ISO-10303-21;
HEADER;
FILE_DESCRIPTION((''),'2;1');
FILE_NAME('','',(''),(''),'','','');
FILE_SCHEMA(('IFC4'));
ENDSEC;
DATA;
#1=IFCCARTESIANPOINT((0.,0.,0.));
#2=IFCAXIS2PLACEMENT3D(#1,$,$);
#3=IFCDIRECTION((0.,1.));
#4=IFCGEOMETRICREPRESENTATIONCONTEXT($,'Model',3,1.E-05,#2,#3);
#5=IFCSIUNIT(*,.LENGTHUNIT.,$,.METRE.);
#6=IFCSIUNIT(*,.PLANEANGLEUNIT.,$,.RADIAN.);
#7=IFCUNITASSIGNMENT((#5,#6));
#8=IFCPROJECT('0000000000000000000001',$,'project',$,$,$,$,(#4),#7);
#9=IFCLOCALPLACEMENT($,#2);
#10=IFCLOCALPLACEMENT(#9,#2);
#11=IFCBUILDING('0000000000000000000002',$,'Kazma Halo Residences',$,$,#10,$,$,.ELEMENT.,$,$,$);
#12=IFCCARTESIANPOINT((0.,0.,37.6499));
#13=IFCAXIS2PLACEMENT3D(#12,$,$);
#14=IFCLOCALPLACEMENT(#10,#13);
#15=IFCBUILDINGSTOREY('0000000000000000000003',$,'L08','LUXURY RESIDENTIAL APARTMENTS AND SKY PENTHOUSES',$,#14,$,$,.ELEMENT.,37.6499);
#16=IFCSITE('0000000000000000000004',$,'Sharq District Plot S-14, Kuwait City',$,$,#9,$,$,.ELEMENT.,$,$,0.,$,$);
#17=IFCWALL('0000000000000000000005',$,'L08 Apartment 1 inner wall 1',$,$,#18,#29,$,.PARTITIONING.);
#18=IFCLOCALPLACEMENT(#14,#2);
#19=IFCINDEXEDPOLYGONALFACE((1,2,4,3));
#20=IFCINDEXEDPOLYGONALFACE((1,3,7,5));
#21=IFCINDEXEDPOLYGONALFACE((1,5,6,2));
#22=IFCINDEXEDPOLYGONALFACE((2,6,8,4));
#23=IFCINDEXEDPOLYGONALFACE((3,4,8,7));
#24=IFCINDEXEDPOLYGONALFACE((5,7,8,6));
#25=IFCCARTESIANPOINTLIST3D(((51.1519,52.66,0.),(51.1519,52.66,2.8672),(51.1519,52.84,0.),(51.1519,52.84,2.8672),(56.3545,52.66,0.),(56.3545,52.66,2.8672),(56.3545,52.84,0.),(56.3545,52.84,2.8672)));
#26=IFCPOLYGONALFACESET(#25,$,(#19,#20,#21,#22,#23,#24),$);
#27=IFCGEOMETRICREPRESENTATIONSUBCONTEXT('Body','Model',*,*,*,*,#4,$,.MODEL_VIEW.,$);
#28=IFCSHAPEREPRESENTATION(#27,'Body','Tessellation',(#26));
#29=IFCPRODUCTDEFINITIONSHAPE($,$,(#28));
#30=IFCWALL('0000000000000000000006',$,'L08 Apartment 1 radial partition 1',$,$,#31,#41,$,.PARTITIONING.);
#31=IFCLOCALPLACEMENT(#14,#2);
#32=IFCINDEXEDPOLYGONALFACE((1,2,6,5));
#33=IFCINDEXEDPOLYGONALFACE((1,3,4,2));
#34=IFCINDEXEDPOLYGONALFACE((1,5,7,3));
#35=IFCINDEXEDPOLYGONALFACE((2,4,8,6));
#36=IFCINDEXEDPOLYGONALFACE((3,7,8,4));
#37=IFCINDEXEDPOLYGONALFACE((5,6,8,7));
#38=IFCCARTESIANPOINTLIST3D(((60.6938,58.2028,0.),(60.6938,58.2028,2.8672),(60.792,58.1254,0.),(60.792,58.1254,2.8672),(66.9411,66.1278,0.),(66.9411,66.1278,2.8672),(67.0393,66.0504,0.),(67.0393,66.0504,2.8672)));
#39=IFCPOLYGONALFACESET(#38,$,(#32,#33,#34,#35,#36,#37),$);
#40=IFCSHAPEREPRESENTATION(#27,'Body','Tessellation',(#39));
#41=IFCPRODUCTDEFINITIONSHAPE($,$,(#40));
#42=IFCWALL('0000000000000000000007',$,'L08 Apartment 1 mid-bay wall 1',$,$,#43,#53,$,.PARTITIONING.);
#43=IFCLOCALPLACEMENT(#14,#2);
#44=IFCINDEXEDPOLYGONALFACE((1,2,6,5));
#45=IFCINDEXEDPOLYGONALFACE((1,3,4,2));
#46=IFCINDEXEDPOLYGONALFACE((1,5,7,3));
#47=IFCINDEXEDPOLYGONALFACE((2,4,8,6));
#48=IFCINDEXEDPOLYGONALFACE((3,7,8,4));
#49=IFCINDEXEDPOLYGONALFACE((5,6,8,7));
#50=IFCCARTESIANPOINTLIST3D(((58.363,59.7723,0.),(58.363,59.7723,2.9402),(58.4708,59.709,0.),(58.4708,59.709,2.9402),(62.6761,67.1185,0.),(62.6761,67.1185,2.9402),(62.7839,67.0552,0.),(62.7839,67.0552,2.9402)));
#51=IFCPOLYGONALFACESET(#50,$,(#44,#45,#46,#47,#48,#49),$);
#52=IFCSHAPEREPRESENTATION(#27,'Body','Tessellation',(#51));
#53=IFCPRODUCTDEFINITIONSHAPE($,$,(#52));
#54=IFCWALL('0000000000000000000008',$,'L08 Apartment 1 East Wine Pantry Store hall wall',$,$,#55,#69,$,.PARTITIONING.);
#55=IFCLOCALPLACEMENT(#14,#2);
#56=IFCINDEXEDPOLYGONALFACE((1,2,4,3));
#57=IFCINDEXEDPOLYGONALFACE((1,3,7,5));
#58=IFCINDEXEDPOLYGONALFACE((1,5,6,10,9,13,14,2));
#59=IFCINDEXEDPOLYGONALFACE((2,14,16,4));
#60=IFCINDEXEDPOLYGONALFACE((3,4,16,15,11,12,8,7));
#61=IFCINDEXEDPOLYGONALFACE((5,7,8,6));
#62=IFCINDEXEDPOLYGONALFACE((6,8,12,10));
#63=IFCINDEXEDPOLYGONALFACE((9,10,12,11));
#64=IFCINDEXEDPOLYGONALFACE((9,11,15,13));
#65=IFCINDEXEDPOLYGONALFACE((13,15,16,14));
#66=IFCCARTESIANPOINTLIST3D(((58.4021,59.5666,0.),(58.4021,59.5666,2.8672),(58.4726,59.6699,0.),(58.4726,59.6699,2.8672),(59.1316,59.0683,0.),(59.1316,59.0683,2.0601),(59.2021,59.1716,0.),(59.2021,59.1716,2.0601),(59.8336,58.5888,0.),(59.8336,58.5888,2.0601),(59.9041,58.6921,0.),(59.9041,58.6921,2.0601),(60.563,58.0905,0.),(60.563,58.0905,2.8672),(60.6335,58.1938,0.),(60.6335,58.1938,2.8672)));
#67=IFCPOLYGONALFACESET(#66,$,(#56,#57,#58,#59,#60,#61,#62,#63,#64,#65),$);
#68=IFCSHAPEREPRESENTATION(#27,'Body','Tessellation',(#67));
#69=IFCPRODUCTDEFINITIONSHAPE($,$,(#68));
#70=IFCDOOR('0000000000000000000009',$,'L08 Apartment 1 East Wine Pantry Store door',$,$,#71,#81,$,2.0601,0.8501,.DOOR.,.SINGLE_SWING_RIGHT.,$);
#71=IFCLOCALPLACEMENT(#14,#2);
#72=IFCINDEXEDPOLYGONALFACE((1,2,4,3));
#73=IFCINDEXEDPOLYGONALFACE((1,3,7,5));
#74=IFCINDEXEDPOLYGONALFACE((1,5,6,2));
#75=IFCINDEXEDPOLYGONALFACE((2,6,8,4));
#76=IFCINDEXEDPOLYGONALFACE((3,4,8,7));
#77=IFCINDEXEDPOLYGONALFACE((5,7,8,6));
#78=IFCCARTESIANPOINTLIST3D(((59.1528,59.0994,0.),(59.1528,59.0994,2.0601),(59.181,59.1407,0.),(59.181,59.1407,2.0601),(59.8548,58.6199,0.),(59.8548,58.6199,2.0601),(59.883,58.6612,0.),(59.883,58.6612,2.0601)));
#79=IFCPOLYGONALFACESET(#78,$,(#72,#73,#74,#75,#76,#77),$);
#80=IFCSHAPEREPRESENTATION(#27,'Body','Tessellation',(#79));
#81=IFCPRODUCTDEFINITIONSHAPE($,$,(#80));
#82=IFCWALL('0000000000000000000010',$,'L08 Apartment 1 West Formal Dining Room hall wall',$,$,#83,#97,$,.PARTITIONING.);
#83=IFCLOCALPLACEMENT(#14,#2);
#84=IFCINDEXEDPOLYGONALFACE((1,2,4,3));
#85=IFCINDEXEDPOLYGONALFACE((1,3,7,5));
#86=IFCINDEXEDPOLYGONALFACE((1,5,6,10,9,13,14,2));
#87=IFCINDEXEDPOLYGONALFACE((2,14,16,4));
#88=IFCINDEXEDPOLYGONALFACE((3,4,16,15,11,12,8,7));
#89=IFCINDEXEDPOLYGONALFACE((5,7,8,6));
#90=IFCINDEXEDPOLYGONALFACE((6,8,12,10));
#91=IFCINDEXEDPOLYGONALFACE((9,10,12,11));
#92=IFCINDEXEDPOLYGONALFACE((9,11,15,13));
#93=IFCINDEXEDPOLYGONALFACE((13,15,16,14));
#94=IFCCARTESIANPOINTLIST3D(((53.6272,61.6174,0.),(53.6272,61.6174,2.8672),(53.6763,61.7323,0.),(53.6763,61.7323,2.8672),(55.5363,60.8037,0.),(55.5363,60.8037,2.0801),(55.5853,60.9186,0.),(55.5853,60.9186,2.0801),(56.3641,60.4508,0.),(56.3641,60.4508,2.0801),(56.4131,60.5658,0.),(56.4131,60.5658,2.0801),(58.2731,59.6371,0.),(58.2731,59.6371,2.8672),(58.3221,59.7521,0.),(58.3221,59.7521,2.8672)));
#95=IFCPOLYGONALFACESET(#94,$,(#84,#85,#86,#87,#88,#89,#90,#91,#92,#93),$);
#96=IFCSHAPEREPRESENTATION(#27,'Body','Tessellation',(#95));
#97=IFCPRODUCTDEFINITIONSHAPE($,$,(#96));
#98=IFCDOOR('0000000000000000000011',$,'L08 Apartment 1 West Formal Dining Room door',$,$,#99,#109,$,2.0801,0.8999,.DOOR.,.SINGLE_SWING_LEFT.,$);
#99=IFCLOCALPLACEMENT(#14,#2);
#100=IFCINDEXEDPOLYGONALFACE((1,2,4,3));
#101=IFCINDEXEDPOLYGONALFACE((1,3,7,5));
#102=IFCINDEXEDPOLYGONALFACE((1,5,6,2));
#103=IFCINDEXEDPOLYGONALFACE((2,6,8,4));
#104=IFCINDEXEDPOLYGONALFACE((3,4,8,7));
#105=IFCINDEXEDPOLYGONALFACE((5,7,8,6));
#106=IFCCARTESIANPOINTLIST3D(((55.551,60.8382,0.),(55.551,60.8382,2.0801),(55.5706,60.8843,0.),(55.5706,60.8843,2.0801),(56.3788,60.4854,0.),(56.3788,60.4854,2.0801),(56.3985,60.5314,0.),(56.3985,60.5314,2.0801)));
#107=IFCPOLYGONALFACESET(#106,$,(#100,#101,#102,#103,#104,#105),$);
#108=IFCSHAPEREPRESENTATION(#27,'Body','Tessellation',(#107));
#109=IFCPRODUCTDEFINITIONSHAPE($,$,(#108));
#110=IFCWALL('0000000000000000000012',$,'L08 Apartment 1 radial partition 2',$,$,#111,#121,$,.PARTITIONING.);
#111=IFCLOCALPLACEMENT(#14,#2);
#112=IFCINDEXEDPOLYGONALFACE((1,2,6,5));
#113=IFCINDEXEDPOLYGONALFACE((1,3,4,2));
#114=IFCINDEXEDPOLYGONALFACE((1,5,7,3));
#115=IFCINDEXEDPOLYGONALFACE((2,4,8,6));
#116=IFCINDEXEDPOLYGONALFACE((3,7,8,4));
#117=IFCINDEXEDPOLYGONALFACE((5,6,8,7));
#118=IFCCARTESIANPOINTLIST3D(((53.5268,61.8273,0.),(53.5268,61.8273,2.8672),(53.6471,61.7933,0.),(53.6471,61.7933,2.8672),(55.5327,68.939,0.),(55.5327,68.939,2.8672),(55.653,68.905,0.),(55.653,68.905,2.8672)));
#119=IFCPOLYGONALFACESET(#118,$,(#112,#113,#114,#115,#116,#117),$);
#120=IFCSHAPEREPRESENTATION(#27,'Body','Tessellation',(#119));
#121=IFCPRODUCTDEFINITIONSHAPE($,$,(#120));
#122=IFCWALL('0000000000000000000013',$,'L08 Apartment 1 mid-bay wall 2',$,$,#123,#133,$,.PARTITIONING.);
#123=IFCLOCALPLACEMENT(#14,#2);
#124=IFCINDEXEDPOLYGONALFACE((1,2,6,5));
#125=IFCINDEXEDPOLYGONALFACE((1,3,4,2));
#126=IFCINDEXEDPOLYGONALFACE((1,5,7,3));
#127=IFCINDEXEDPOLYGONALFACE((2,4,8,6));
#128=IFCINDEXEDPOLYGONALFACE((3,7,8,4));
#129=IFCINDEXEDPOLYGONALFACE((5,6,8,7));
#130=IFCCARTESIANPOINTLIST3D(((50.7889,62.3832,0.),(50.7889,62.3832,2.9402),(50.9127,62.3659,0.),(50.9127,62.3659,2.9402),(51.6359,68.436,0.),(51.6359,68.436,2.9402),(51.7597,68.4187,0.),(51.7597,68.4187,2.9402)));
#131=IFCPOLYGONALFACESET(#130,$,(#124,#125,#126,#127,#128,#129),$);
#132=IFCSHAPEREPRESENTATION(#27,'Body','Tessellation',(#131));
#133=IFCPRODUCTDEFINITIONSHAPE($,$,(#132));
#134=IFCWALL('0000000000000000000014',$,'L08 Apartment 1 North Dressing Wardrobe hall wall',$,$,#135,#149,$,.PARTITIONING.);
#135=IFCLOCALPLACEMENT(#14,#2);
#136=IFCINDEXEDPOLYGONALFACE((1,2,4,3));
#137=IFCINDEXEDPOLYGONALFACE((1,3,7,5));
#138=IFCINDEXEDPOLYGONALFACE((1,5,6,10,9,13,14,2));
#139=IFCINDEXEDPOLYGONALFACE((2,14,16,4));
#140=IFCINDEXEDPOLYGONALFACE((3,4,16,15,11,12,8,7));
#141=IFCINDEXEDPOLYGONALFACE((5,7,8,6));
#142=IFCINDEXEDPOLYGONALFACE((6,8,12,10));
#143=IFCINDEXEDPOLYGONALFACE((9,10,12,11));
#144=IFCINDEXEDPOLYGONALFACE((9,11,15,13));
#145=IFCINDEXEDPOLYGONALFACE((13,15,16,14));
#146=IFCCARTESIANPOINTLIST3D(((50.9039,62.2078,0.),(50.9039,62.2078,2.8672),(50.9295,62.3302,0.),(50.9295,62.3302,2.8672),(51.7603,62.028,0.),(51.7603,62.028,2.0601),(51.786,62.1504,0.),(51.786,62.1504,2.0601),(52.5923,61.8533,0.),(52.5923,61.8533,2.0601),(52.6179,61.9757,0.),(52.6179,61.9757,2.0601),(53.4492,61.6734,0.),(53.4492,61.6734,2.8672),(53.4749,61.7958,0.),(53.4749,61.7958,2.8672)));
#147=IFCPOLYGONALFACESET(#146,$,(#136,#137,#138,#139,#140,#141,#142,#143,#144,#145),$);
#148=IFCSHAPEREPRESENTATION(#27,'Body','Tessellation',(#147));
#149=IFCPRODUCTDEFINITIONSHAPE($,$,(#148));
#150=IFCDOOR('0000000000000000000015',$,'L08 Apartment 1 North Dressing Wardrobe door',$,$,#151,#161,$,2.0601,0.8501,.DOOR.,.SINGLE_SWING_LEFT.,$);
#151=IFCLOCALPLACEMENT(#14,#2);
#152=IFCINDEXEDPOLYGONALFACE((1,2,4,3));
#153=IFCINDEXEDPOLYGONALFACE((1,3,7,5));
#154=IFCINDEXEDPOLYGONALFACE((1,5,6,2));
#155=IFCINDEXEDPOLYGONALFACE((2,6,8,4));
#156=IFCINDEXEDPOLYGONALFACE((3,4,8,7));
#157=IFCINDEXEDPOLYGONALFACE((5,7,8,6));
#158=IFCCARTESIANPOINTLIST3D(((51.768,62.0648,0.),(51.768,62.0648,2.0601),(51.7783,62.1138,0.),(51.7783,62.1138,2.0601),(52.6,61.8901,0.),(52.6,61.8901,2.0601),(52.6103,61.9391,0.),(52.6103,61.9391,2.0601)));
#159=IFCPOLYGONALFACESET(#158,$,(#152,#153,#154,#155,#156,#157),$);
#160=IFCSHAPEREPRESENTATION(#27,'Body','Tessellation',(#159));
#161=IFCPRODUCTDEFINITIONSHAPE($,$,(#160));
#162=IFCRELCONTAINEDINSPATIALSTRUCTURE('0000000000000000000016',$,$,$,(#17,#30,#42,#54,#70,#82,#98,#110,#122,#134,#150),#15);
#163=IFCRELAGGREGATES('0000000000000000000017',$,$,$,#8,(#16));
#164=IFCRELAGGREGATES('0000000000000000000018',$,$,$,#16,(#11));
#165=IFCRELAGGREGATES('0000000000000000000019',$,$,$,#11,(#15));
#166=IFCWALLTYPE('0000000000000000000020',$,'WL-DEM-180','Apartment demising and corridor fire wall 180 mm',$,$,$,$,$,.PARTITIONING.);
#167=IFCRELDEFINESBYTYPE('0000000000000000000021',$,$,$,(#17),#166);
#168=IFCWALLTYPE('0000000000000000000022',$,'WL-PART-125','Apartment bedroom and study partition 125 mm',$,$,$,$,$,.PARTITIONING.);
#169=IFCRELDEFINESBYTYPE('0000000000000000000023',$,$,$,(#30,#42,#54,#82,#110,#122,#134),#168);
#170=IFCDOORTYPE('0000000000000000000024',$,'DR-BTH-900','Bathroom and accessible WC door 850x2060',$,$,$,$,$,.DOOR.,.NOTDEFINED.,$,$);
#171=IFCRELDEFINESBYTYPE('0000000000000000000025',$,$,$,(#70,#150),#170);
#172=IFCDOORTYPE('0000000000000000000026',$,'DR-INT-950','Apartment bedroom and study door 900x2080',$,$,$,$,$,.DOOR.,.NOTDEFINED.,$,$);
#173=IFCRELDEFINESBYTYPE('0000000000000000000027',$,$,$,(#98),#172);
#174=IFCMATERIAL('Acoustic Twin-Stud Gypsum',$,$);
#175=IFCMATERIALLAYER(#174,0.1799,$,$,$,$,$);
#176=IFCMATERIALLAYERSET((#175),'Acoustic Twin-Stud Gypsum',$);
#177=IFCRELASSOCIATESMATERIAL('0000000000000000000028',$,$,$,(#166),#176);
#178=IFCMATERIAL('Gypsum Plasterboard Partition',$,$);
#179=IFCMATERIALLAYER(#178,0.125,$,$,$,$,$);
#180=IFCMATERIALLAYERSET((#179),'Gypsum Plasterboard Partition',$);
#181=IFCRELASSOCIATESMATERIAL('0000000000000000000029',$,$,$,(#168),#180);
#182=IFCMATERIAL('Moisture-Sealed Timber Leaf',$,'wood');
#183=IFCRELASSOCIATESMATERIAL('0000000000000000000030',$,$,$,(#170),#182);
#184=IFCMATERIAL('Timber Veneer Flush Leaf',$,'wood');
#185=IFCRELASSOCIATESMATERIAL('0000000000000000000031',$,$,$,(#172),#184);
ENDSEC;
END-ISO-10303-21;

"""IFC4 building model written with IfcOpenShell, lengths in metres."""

from ifc_helpers import new_model, si_unit, direction, frame, frame_2d, origin, place, context, subcontext, project, spatial, rectangle, extrude, material, layer, layer_set, type_object, element, fill, save


model = new_model("IFC4")

# Units and contexts
model_context = context("Model", 3, precision=1e-05, world=origin(), true_north=direction((0.0, 1.0)))
body_context = subcontext(model_context, "Body", "Model", "MODEL_VIEW")
ifc_project = project(units=[si_unit("LENGTHUNIT", "METRE"), si_unit("PLANEANGLEUNIT", "RADIAN")], contexts=[model_context])

# Site, building, storey
site_placement = place(None, origin())
site = spatial("IfcSite", under=ifc_project, at=site_placement, Name="Sharq District Plot S-14, Kuwait City", CompositionType="ELEMENT", RefElevation=0.0)
building_placement = place(site_placement, origin())
building = spatial("IfcBuilding", under=site, at=building_placement, Name="Kazma Halo Residences", CompositionType="ELEMENT")
storey_placement = place(building_placement, frame((0.0, 0.0, 37.6499)))
storey = spatial("IfcBuildingStorey", under=building, at=storey_placement, Name="L08", Description="LUXURY RESIDENTIAL APARTMENTS AND SKY PENTHOUSES", CompositionType="ELEMENT", Elevation=37.6499)

# Walls
ifc_material_1 = material(Name="Acoustic Twin-Stud Gypsum")
ifc_layer_1 = layer(ifc_material_1, 0.1799)
ifc_layer_set_1 = layer_set([ifc_layer_1], Name="Acoustic Twin-Stud Gypsum")
wall_type_1 = type_object("IfcWallType", Name="WL-DEM-180", Description="Apartment demising and corridor fire wall 180 mm", PredefinedType="PARTITIONING", material=ifc_layer_set_1)
wall_1_placement = place(storey_placement, frame((56.3545, 52.75, 0.0), z_axis=(0.0, 0.0, 1.0), x_axis=(-1.0, 0.0, 0.0)))
element("IfcWall", 1, at=wall_1_placement, inside=storey, type_object=wall_type_1, Name="L08 Apartment 1 inner wall 1", PredefinedType="PARTITIONING", context=body_context, shape_type="SweptSolid", body=[
    extrude(rectangle(XDim=5.2026, YDim=0.1799, at=frame_2d((2.6013, 0.0))), origin(), (0.0, 0.0, 1.0), 2.8672),
])
ifc_material_2 = material(Name="Gypsum Plasterboard Partition")
ifc_layer_2 = layer(ifc_material_2, 0.125)
ifc_layer_set_2 = layer_set([ifc_layer_2], Name="Gypsum Plasterboard Partition")
wall_type_2 = type_object("IfcWallType", Name="WL-PART-125", Description="Apartment bedroom and study partition 125 mm", PredefinedType="PARTITIONING", material=ifc_layer_set_2)
wall_2_placement = place(storey_placement, frame((60.7429, 58.1641, 0.0), z_axis=(0.0, 0.0, 1.0), x_axis=(0.619076, 0.785331, 0.0)))
element("IfcWall", 2, at=wall_2_placement, inside=storey, type_object=wall_type_2, Name="L08 Apartment 1 radial partition 1", PredefinedType="PARTITIONING", context=body_context, shape_type="SweptSolid", body=[
    extrude(rectangle(XDim=10.0913, YDim=0.125, at=frame_2d((5.0457, 0.0))), origin(), (0.0, 0.0, 1.0), 2.8672),
])
wall_3_placement = place(storey_placement, frame((58.417, 59.7407, 0.0), z_axis=(0.0, 0.0, 1.0), x_axis=(0.506296, 0.86236, 0.0)))
element("IfcWall", 3, at=wall_3_placement, inside=storey, type_object=wall_type_2, Name="L08 Apartment 1 mid-bay wall 1", PredefinedType="PARTITIONING", context=body_context, shape_type="SweptSolid", body=[
    extrude(rectangle(XDim=8.5188, YDim=0.125, at=frame_2d((4.2593, 0.0))), origin(), (0.0, 0.0, 1.0), 2.9402),
])

# Walls, openings, doors
wall_4_placement = place(storey_placement, frame((60.5984, 58.1421, 0.0), z_axis=(0.0, 0.0, 1.0), x_axis=(-0.82574, 0.564052, 0.0)))
wall_4 = element("IfcWall", 4, at=wall_4_placement, inside=storey, type_object=wall_type_2, Name="L08 Apartment 1 East Wine Pantry Store hall wall", PredefinedType="PARTITIONING", context=body_context, shape_type="SweptSolid", body=[
    extrude(rectangle(XDim=2.6169, YDim=0.125, at=frame_2d((1.3086, 0.0))), origin(), (0.0, 0.0, 1.0), 2.8672),
])
opening_1_placement = place(wall_4_placement, frame((0.8835, 0.0, 0.0)))
opening_1 = element("IfcOpeningElement", 5, at=opening_1_placement, cuts=wall_4, PredefinedType="OPENING", context=body_context, shape_type="SweptSolid", body=[
    extrude(rectangle(XDim=0.8501, YDim=2.0601, at=frame_2d((0.425, 1.03))), frame((0.0, 0.0725, 0.0), z_axis=(0.0, -1.0, 0.0), x_axis=(1.0, 0.0, 0.0)), (0.0, 0.0, 1.0), 0.145),
])
ifc_material_3 = material(Name="Moisture-Sealed Timber Leaf", Category="wood")
door_type_1 = type_object("IfcDoorType", Name="DR-BTH-900", Description="Bathroom and accessible WC door 850x2060", OperationType="NOTDEFINED", PredefinedType="DOOR", material=ifc_material_3)
door_1_placement = place(opening_1_placement, origin())
door_1 = element("IfcDoor", 6, at=door_1_placement, inside=storey, type_object=door_type_1, Name="L08 Apartment 1 East Wine Pantry Store door", OperationType="SINGLE_SWING_RIGHT", OverallHeight=2.0601, OverallWidth=0.8501, PredefinedType="DOOR", context=body_context, shape_type="SweptSolid", body=[
    extrude(rectangle(XDim=0.8501, YDim=2.0601, at=frame_2d((0.425, 1.03))), frame((0.0, 0.0249, 0.0), z_axis=(0.0, -1.0, 0.0), x_axis=(1.0, 0.0, 0.0)), (0.0, 0.0, 1.0), 0.05),
])
fill(opening_1, door_1)
wall_5_placement = place(storey_placement, frame((58.2976, 59.6946, 0.0), z_axis=(0.0, 0.0, 1.0), x_axis=(-0.919918, 0.39211, 0.0)))
wall_5 = element("IfcWall", 7, at=wall_5_placement, inside=storey, type_object=wall_type_2, Name="L08 Apartment 1 West Formal Dining Room hall wall", PredefinedType="PARTITIONING", context=body_context, shape_type="SweptSolid", body=[
    extrude(rectangle(XDim=5.0503, YDim=0.125, at=frame_2d((2.5251, 0.0))), origin(), (0.0, 0.0, 1.0), 2.8672),
])
opening_2_placement = place(wall_5_placement, frame((2.0752, 0.0, 0.0)))
opening_2 = element("IfcOpeningElement", 8, at=opening_2_placement, cuts=wall_5, PredefinedType="OPENING", context=body_context, shape_type="SweptSolid", body=[
    extrude(rectangle(XDim=0.8999, YDim=2.0801, at=frame_2d((0.45, 1.04))), frame((0.0, 0.0725, 0.0), z_axis=(0.0, -1.0, 0.0), x_axis=(1.0, 0.0, 0.0)), (0.0, 0.0, 1.0), 0.145),
])
ifc_material_4 = material(Name="Timber Veneer Flush Leaf", Category="wood")
door_type_2 = type_object("IfcDoorType", Name="DR-INT-950", Description="Apartment bedroom and study door 900x2080", OperationType="NOTDEFINED", PredefinedType="DOOR", material=ifc_material_4)
door_2_placement = place(opening_2_placement, origin())
door_2 = element("IfcDoor", 9, at=door_2_placement, inside=storey, type_object=door_type_2, Name="L08 Apartment 1 West Formal Dining Room door", OperationType="SINGLE_SWING_LEFT", OverallHeight=2.0801, OverallWidth=0.8999, PredefinedType="DOOR", context=body_context, shape_type="SweptSolid", body=[
    extrude(rectangle(XDim=0.8999, YDim=2.0801, at=frame_2d((0.45, 1.04))), frame((0.0, 0.0249, 0.0), z_axis=(0.0, -1.0, 0.0), x_axis=(1.0, 0.0, 0.0)), (0.0, 0.0, 1.0), 0.05),
])
fill(opening_2, door_2)

# Walls
wall_6_placement = place(storey_placement, frame((53.5869, 61.8103, 0.0), z_axis=(0.0, 0.0, 1.0), x_axis=(0.271464, 0.962449, 0.0)))
element("IfcWall", 10, at=wall_6_placement, inside=storey, type_object=wall_type_2, Name="L08 Apartment 1 radial partition 2", PredefinedType="PARTITIONING", context=body_context, shape_type="SweptSolid", body=[
    extrude(rectangle(XDim=7.3892, YDim=0.125, at=frame_2d((3.6946, 0.0))), origin(), (0.0, 0.0, 1.0), 2.8672),
])
wall_7_placement = place(storey_placement, frame((50.8508, 62.3745, 0.0), z_axis=(0.0, 0.0, 1.0), x_axis=(0.138574, 0.990352, 0.0)))
element("IfcWall", 11, at=wall_7_placement, inside=storey, type_object=wall_type_2, Name="L08 Apartment 1 mid-bay wall 2", PredefinedType="PARTITIONING", context=body_context, shape_type="SweptSolid", body=[
    extrude(rectangle(XDim=6.1118, YDim=0.125, at=frame_2d((3.0559, 0.0))), origin(), (0.0, 0.0, 1.0), 2.9402),
])

# Wall, opening, door
wall_8_placement = place(storey_placement, frame((53.4619, 61.7346, 0.0), z_axis=(0.0, 0.0, 1.0), x_axis=(-0.978662, 0.205476, 0.0)))
wall_8 = element("IfcWall", 12, at=wall_8_placement, inside=storey, type_object=wall_type_2, Name="L08 Apartment 1 North Dressing Wardrobe hall wall", PredefinedType="PARTITIONING", context=body_context, shape_type="SweptSolid", body=[
    extrude(rectangle(XDim=2.6008, YDim=0.125, at=frame_2d((1.3003, 0.0))), origin(), (0.0, 0.0, 1.0), 2.8672),
])
opening_3_placement = place(wall_8_placement, frame((0.8755, 0.0, 0.0)))
opening_3 = element("IfcOpeningElement", 13, at=opening_3_placement, cuts=wall_8, PredefinedType="OPENING", context=body_context, shape_type="SweptSolid", body=[
    extrude(rectangle(XDim=0.8501, YDim=2.0601, at=frame_2d((0.425, 1.03))), frame((0.0, 0.0725, 0.0), z_axis=(0.0, -1.0, 0.0), x_axis=(1.0, 0.0, 0.0)), (0.0, 0.0, 1.0), 0.145),
])
door_3_placement = place(opening_3_placement, origin())
door_3 = element("IfcDoor", 14, at=door_3_placement, inside=storey, type_object=door_type_1, Name="L08 Apartment 1 North Dressing Wardrobe door", OperationType="SINGLE_SWING_LEFT", OverallHeight=2.0601, OverallWidth=0.8501, PredefinedType="DOOR", context=body_context, shape_type="SweptSolid", body=[
    extrude(rectangle(XDim=0.8501, YDim=2.0601, at=frame_2d((0.425, 1.03))), frame((0.0, 0.0249, 0.0), z_axis=(0.0, -1.0, 0.0), x_axis=(1.0, 0.0, 0.0)), (0.0, 0.0, 1.0), 0.05),
])
fill(opening_3, door_3)

save(model, "model.ifc")
